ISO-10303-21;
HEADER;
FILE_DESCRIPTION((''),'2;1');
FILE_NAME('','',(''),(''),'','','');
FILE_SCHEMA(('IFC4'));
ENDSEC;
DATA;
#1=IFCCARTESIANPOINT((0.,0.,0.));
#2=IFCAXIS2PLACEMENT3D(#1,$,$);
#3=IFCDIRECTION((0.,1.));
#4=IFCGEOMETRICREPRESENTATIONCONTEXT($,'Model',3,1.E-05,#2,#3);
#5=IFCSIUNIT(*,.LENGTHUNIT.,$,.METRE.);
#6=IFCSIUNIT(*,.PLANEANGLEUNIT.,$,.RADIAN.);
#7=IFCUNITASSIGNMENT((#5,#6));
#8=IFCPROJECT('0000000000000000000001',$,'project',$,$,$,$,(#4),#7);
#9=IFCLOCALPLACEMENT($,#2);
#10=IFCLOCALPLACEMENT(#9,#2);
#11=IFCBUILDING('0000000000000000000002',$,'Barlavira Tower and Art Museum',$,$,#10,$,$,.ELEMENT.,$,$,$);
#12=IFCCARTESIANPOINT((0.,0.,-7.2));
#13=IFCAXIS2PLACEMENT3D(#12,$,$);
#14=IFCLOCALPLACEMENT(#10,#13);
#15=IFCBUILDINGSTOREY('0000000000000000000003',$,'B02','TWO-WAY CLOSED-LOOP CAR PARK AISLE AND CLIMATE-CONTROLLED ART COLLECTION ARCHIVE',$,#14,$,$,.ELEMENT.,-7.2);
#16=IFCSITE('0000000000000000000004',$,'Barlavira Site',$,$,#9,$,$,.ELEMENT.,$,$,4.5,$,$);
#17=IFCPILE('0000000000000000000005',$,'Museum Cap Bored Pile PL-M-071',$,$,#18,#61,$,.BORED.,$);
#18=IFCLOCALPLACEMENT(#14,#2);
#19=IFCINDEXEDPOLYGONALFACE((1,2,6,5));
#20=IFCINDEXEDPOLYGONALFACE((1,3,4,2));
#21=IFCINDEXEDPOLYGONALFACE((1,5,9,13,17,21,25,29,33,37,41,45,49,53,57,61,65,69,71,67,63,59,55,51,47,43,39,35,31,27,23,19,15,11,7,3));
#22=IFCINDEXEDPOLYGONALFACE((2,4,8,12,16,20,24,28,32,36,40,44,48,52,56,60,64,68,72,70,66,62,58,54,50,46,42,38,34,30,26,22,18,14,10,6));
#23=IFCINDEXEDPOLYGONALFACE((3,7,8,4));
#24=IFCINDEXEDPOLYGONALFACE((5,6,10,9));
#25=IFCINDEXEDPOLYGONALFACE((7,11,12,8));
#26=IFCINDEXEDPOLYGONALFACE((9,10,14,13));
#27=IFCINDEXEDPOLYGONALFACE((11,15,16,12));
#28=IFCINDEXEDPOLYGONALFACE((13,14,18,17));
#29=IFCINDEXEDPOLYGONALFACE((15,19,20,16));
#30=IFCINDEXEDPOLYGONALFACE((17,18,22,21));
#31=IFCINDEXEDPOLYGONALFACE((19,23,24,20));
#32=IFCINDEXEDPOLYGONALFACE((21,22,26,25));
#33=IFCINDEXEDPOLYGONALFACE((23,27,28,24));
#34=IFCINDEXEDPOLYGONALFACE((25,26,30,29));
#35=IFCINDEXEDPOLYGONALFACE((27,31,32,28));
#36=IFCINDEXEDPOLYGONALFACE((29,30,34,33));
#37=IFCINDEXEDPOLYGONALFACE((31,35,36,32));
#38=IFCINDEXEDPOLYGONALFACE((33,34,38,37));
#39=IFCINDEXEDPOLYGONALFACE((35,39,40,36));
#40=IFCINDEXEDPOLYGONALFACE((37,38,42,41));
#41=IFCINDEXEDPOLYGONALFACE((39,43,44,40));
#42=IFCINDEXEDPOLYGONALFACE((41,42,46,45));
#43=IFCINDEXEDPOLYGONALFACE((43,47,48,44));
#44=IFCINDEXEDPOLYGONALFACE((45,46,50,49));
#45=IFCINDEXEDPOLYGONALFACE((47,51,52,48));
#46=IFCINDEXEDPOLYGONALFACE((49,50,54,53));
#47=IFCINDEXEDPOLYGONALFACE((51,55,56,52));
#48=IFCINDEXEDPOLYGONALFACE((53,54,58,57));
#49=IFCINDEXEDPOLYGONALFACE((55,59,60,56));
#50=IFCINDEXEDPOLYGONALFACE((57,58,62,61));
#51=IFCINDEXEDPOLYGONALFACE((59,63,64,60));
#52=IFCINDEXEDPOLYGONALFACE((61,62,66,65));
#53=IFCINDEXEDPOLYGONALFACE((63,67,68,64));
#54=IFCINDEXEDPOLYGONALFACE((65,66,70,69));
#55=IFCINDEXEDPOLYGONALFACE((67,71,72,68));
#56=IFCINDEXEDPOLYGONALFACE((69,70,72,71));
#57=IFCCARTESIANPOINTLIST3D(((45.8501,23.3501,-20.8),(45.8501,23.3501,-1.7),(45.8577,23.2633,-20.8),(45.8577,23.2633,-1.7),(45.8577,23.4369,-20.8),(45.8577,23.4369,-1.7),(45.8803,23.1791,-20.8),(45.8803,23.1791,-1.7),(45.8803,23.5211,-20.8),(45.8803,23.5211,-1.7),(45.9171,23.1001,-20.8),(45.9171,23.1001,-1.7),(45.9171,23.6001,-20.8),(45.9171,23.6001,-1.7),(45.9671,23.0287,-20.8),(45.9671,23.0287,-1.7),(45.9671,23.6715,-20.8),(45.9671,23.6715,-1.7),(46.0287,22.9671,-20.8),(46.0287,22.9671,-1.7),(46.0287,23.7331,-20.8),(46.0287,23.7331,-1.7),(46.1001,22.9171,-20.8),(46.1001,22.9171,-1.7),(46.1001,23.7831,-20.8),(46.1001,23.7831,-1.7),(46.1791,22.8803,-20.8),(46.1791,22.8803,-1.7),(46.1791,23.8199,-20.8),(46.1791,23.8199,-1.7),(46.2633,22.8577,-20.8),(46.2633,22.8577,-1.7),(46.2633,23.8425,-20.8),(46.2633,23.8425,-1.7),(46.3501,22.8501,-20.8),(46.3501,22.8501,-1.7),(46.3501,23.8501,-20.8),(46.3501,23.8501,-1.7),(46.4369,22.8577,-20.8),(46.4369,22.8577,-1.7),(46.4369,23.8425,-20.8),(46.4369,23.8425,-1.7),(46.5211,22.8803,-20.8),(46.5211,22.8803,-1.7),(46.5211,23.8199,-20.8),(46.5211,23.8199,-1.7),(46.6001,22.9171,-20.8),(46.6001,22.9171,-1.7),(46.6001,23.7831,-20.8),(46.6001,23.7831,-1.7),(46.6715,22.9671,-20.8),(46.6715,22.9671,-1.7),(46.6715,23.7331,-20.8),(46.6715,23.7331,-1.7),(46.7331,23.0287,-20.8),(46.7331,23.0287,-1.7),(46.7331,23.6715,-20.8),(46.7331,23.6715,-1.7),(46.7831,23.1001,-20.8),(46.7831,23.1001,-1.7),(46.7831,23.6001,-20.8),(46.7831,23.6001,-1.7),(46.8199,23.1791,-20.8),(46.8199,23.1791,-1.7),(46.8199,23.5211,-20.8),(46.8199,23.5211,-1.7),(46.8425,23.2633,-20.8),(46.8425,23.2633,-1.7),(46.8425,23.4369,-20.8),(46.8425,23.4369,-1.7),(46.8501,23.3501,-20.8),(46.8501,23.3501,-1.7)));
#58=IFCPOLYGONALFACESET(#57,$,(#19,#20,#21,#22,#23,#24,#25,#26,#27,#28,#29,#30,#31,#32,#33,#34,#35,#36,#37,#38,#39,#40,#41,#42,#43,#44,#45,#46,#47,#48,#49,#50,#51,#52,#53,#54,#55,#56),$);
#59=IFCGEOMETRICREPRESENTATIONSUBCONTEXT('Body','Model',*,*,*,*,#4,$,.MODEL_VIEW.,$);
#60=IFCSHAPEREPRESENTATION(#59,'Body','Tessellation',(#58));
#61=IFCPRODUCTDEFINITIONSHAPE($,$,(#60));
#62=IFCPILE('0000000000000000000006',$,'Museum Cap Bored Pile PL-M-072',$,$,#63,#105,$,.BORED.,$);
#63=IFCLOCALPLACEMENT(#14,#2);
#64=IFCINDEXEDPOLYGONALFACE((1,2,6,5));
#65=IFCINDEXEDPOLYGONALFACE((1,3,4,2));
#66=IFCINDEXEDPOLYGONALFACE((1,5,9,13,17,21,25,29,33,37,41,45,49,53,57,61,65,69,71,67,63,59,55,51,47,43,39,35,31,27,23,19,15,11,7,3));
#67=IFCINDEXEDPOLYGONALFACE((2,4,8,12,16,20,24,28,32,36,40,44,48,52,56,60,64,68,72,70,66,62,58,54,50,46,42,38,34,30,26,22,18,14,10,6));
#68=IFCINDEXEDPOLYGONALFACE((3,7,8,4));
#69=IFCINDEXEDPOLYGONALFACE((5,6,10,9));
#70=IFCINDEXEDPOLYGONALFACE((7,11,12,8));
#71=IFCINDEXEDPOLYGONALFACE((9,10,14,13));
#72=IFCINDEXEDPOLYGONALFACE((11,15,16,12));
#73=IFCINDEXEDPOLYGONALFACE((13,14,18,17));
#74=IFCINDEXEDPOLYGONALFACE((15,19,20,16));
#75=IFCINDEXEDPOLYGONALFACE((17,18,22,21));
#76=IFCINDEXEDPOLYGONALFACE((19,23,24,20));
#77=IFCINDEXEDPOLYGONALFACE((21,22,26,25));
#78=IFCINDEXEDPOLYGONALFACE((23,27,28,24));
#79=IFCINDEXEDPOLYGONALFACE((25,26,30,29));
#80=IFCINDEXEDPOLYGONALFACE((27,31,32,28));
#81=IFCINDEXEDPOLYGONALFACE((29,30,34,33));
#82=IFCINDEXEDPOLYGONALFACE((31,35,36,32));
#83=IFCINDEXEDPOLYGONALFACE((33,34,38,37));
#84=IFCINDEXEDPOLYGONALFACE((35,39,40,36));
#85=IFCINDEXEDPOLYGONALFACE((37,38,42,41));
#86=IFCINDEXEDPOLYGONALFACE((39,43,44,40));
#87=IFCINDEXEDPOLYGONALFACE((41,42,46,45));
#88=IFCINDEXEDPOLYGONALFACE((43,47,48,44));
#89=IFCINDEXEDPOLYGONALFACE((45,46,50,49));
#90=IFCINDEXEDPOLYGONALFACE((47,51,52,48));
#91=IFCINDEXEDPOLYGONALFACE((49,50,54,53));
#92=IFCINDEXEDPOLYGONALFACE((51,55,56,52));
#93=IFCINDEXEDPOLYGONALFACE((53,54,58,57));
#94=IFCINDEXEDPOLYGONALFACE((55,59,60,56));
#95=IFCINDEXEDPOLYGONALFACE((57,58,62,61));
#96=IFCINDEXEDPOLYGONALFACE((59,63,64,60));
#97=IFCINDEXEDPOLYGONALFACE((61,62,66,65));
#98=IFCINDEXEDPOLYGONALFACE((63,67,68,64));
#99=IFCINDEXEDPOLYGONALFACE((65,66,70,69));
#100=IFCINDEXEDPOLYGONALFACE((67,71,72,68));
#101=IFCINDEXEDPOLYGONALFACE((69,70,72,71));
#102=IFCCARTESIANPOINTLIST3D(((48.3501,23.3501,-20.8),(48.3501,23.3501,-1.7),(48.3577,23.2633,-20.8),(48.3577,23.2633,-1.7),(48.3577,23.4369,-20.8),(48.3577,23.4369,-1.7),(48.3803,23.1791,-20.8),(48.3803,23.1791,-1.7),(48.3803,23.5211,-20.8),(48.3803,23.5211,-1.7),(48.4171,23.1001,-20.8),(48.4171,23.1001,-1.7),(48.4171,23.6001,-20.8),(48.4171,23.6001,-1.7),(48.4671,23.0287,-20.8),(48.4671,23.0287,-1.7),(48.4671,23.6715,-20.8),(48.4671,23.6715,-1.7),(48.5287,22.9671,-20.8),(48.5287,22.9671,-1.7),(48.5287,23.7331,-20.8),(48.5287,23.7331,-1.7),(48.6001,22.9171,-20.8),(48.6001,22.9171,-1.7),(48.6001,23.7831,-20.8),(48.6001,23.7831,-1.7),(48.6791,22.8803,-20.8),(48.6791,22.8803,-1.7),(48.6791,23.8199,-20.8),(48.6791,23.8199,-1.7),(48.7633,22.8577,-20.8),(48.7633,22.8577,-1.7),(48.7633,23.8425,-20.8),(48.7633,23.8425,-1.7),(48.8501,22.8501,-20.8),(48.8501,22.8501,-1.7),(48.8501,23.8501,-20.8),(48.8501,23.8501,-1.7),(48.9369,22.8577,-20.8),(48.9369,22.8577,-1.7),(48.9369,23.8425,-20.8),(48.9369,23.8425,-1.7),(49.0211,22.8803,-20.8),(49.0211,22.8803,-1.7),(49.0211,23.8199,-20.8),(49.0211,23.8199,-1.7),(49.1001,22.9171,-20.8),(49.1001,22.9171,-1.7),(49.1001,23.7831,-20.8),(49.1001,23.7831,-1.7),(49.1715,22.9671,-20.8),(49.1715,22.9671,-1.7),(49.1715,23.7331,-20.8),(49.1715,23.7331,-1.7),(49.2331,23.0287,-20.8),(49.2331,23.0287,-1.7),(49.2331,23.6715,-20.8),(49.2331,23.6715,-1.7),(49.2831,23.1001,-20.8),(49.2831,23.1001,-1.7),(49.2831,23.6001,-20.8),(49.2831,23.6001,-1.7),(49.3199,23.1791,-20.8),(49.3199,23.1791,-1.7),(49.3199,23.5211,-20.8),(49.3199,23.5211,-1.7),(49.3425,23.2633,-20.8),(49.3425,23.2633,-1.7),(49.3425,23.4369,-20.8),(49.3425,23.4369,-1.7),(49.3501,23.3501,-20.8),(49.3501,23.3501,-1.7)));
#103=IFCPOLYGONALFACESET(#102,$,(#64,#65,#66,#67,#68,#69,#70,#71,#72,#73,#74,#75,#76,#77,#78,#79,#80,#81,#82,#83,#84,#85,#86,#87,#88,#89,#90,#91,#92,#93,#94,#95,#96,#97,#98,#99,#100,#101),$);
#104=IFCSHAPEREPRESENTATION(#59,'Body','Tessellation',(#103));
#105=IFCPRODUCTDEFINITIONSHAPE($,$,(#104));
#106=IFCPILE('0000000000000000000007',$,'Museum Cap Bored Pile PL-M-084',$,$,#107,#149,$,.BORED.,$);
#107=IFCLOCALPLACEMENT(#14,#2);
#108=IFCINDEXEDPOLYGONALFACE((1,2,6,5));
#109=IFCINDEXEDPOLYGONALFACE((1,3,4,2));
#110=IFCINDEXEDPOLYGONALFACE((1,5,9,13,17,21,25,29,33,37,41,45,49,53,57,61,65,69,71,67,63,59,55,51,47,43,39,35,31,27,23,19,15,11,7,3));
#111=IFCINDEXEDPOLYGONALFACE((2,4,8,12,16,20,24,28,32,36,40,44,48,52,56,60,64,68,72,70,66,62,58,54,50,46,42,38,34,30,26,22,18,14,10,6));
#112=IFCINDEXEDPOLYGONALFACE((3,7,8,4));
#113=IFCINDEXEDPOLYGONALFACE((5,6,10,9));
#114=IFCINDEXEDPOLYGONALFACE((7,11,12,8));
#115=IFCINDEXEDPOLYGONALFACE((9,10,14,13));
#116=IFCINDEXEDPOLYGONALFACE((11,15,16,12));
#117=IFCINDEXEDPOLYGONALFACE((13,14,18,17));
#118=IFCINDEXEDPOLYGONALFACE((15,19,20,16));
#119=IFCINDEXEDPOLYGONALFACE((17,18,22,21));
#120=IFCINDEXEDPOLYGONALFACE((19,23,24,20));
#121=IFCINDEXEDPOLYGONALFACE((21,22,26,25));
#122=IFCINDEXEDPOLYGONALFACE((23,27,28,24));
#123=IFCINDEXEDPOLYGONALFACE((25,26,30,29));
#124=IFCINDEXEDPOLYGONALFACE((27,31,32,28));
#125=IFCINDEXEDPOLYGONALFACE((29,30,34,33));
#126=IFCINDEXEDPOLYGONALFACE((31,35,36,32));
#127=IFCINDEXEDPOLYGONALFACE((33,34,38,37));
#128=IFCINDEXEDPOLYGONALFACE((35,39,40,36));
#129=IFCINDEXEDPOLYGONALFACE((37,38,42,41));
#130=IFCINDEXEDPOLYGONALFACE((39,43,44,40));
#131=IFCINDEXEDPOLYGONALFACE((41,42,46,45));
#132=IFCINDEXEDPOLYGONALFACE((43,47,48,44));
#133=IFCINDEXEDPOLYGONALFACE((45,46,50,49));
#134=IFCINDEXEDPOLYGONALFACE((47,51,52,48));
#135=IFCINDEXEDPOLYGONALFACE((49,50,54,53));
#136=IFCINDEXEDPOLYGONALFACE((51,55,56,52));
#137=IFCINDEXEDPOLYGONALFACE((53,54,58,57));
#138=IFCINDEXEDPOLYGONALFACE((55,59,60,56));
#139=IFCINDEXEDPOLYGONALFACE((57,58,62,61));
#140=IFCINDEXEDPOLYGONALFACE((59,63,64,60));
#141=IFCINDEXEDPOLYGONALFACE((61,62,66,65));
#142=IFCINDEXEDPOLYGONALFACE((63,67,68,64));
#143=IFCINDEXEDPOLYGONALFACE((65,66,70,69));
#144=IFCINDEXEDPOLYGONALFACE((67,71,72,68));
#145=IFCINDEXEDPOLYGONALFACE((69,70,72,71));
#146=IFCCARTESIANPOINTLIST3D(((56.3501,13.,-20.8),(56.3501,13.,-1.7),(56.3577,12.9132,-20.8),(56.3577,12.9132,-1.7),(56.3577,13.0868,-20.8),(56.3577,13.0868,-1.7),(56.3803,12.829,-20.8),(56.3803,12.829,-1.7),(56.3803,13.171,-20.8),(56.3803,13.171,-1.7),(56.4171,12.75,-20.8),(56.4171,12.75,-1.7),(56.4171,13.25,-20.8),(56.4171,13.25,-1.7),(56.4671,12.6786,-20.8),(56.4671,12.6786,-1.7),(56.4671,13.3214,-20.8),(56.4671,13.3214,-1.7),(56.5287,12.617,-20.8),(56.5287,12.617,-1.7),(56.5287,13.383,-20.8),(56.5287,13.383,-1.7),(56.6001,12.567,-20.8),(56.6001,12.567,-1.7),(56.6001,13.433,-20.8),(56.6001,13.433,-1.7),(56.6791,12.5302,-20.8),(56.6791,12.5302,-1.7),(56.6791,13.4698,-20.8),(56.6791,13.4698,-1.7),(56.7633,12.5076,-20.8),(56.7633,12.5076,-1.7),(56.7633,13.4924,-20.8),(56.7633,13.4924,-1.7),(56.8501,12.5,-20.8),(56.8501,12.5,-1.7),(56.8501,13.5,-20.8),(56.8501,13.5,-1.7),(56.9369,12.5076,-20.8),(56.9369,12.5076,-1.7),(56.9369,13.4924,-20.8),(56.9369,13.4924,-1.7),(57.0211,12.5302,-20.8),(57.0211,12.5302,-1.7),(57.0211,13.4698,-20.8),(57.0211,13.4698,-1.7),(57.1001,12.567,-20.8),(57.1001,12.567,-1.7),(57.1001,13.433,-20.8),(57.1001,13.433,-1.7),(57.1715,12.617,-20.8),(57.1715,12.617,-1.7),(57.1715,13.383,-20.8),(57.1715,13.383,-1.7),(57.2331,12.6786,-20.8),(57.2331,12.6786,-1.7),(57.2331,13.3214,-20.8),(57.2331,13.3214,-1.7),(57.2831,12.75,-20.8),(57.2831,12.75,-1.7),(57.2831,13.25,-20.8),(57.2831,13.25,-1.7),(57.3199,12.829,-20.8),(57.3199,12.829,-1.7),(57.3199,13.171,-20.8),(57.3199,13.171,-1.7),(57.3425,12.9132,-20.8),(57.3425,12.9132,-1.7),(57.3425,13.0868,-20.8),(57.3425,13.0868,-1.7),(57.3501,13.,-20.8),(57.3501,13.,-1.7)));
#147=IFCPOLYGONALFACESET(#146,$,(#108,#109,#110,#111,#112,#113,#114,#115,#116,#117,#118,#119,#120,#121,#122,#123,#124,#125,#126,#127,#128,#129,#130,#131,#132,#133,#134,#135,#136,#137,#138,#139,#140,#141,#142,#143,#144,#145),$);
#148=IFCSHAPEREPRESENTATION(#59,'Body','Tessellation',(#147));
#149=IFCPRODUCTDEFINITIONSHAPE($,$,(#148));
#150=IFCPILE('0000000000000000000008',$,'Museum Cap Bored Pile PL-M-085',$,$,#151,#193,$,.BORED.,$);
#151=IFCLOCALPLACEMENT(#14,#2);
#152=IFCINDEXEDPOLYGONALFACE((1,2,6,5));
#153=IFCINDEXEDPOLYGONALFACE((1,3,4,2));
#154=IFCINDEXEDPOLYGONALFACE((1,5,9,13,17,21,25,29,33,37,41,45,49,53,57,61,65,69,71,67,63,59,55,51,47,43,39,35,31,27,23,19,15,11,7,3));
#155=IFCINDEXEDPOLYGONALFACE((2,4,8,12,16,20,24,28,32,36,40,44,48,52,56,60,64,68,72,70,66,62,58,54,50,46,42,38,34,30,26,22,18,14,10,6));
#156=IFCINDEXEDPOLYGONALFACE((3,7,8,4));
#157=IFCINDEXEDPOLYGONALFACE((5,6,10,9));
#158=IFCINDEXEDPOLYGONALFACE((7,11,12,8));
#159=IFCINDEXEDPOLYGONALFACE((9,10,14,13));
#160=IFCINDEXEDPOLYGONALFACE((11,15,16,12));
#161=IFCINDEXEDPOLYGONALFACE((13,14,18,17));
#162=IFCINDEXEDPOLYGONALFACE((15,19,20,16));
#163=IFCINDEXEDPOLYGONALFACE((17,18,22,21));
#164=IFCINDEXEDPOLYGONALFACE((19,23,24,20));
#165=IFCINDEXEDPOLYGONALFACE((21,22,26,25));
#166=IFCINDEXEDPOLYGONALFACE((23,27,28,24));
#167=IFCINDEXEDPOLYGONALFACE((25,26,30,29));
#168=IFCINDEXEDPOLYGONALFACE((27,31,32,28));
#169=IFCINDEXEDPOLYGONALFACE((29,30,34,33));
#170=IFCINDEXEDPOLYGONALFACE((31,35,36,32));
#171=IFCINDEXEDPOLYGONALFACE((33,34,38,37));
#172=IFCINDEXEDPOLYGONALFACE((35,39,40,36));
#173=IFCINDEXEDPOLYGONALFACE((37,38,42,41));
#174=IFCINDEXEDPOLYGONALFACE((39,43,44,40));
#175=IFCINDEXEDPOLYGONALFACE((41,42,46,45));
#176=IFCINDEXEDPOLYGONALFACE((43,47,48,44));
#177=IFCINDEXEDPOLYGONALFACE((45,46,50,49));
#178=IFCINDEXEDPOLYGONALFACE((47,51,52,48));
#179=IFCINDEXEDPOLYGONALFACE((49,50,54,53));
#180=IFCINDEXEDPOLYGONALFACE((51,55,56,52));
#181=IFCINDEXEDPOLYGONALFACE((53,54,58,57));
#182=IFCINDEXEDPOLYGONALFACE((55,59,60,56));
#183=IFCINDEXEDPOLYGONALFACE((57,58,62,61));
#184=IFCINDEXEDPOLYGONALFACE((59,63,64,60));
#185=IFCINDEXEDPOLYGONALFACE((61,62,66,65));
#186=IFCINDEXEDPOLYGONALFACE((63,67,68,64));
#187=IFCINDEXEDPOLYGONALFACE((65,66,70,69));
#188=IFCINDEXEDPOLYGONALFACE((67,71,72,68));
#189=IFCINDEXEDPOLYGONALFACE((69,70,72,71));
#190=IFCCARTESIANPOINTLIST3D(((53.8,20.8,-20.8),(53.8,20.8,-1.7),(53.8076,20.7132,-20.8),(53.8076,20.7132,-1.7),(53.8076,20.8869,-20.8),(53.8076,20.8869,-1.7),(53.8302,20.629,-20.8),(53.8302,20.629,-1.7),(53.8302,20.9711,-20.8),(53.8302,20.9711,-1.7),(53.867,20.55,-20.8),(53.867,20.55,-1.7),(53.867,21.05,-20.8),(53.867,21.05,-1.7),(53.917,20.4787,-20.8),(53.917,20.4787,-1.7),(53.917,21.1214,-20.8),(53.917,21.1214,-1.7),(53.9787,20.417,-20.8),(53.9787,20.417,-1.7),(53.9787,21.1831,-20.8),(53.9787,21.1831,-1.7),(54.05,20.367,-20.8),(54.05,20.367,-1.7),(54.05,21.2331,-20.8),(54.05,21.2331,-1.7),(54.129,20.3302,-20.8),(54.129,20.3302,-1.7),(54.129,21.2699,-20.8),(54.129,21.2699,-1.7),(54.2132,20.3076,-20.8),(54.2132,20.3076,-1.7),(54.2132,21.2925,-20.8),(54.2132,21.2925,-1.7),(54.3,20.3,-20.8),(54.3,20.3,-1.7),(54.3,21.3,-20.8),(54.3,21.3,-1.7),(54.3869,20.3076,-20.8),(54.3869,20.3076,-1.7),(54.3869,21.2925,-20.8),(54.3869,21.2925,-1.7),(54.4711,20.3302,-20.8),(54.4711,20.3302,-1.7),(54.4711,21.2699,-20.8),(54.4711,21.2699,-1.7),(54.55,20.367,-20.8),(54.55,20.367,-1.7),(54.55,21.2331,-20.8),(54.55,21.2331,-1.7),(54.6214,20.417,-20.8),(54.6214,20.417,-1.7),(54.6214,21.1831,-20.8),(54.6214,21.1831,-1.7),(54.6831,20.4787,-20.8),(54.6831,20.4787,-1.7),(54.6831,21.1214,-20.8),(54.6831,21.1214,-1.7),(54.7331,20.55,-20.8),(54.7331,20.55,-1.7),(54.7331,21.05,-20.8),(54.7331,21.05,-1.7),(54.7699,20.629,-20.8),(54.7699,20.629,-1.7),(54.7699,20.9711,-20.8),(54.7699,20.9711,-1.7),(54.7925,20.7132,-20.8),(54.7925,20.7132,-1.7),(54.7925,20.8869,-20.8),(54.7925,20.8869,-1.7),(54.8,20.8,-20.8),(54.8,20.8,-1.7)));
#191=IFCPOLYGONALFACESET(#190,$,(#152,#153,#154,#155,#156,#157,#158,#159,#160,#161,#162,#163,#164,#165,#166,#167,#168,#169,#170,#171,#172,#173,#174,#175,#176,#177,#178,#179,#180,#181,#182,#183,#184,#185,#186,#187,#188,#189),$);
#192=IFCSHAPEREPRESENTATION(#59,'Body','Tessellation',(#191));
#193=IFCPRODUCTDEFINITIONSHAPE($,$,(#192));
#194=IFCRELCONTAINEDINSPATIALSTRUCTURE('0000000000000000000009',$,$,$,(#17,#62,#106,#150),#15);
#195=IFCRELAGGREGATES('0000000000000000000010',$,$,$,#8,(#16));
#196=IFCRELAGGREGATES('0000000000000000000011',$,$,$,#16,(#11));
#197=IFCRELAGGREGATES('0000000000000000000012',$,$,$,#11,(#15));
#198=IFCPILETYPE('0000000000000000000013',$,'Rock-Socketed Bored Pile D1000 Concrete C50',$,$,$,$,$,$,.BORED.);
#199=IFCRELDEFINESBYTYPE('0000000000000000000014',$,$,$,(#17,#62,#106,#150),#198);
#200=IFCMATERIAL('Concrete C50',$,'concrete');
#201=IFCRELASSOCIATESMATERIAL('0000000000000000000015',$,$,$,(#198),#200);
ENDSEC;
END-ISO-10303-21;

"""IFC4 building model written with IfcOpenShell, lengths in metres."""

from ifc_helpers import new_model, si_unit, direction, frame, origin, origin_2d, place, context, subcontext, project, spatial, circle, extrude, material, material_profile, profile_set, type_object, element, save


model = new_model("IFC4")

# Units and contexts
model_context = context("Model", 3, precision=1e-05, world=origin(), true_north=direction((0.0, 1.0)))
body_context = subcontext(model_context, "Body", "Model", "MODEL_VIEW")
ifc_project = project(units=[si_unit("LENGTHUNIT", "METRE"), si_unit("PLANEANGLEUNIT", "RADIAN")], contexts=[model_context])

# Site, building, storey
site_placement = place(None, origin())
site = spatial("IfcSite", under=ifc_project, at=site_placement, Name="Barlavira Site", CompositionType="ELEMENT", RefElevation=4.5)
building_placement = place(site_placement, origin())
building = spatial("IfcBuilding", under=site, at=building_placement, Name="Barlavira Tower and Art Museum", CompositionType="ELEMENT")
storey_placement = place(building_placement, frame((0.0, 0.0, -7.2)))
storey = spatial("IfcBuildingStorey", under=building, at=storey_placement, Name="B02", Description="TWO-WAY CLOSED-LOOP CAR PARK AISLE AND CLIMATE-CONTROLLED ART COLLECTION ARCHIVE", CompositionType="ELEMENT", Elevation=-7.2)

# Shared definitions
ifc_material_1 = material(Name="Concrete C50", Category="concrete")

# Piles
ifc_material_profile_1 = material_profile(ifc_material_1, circle(Radius=0.5, at=origin_2d()), Name="BORED PILE D1000")
ifc_profile_set_1 = profile_set([ifc_material_profile_1], Name="Concrete C50")
pile_type = type_object("IfcPileType", Name="Rock-Socketed Bored Pile D1000 Concrete C50", PredefinedType="BORED", material=ifc_profile_set_1)
for number, where, z_axis, x_axis, name in (
    (1, (46.3501, 23.3501, -1.7), (0.0, 0.0, -1.0), (1.0, 0.0, 0.0), "Museum Cap Bored Pile PL-M-071"),
    (2, (48.8501, 23.3501, -1.7), (0.0, 0.0, -1.0), (1.0, 0.0, 0.0), "Museum Cap Bored Pile PL-M-072"),
    (3, (56.8501, 13.0, -1.7), (0.0, 0.0, -1.0), (1.0, 0.0, 0.0), "Museum Cap Bored Pile PL-M-084"),
    (4, (54.3, 20.8, -1.7), (0.0, 0.0, -1.0), (1.0, 0.0, 0.0), "Museum Cap Bored Pile PL-M-085"),
):
    element("IfcPile", number, at=place(storey_placement, frame(where, z_axis=z_axis, x_axis=x_axis)), inside=storey, type_object=pile_type, Name=name, PredefinedType="BORED", context=body_context, shape_type="SweptSolid", body=[
        extrude(circle(Radius=0.5, at=origin_2d()), origin(), (0.0, 0.0, 1.0), 19.1001),
    ])

save(model, "model.ifc")
